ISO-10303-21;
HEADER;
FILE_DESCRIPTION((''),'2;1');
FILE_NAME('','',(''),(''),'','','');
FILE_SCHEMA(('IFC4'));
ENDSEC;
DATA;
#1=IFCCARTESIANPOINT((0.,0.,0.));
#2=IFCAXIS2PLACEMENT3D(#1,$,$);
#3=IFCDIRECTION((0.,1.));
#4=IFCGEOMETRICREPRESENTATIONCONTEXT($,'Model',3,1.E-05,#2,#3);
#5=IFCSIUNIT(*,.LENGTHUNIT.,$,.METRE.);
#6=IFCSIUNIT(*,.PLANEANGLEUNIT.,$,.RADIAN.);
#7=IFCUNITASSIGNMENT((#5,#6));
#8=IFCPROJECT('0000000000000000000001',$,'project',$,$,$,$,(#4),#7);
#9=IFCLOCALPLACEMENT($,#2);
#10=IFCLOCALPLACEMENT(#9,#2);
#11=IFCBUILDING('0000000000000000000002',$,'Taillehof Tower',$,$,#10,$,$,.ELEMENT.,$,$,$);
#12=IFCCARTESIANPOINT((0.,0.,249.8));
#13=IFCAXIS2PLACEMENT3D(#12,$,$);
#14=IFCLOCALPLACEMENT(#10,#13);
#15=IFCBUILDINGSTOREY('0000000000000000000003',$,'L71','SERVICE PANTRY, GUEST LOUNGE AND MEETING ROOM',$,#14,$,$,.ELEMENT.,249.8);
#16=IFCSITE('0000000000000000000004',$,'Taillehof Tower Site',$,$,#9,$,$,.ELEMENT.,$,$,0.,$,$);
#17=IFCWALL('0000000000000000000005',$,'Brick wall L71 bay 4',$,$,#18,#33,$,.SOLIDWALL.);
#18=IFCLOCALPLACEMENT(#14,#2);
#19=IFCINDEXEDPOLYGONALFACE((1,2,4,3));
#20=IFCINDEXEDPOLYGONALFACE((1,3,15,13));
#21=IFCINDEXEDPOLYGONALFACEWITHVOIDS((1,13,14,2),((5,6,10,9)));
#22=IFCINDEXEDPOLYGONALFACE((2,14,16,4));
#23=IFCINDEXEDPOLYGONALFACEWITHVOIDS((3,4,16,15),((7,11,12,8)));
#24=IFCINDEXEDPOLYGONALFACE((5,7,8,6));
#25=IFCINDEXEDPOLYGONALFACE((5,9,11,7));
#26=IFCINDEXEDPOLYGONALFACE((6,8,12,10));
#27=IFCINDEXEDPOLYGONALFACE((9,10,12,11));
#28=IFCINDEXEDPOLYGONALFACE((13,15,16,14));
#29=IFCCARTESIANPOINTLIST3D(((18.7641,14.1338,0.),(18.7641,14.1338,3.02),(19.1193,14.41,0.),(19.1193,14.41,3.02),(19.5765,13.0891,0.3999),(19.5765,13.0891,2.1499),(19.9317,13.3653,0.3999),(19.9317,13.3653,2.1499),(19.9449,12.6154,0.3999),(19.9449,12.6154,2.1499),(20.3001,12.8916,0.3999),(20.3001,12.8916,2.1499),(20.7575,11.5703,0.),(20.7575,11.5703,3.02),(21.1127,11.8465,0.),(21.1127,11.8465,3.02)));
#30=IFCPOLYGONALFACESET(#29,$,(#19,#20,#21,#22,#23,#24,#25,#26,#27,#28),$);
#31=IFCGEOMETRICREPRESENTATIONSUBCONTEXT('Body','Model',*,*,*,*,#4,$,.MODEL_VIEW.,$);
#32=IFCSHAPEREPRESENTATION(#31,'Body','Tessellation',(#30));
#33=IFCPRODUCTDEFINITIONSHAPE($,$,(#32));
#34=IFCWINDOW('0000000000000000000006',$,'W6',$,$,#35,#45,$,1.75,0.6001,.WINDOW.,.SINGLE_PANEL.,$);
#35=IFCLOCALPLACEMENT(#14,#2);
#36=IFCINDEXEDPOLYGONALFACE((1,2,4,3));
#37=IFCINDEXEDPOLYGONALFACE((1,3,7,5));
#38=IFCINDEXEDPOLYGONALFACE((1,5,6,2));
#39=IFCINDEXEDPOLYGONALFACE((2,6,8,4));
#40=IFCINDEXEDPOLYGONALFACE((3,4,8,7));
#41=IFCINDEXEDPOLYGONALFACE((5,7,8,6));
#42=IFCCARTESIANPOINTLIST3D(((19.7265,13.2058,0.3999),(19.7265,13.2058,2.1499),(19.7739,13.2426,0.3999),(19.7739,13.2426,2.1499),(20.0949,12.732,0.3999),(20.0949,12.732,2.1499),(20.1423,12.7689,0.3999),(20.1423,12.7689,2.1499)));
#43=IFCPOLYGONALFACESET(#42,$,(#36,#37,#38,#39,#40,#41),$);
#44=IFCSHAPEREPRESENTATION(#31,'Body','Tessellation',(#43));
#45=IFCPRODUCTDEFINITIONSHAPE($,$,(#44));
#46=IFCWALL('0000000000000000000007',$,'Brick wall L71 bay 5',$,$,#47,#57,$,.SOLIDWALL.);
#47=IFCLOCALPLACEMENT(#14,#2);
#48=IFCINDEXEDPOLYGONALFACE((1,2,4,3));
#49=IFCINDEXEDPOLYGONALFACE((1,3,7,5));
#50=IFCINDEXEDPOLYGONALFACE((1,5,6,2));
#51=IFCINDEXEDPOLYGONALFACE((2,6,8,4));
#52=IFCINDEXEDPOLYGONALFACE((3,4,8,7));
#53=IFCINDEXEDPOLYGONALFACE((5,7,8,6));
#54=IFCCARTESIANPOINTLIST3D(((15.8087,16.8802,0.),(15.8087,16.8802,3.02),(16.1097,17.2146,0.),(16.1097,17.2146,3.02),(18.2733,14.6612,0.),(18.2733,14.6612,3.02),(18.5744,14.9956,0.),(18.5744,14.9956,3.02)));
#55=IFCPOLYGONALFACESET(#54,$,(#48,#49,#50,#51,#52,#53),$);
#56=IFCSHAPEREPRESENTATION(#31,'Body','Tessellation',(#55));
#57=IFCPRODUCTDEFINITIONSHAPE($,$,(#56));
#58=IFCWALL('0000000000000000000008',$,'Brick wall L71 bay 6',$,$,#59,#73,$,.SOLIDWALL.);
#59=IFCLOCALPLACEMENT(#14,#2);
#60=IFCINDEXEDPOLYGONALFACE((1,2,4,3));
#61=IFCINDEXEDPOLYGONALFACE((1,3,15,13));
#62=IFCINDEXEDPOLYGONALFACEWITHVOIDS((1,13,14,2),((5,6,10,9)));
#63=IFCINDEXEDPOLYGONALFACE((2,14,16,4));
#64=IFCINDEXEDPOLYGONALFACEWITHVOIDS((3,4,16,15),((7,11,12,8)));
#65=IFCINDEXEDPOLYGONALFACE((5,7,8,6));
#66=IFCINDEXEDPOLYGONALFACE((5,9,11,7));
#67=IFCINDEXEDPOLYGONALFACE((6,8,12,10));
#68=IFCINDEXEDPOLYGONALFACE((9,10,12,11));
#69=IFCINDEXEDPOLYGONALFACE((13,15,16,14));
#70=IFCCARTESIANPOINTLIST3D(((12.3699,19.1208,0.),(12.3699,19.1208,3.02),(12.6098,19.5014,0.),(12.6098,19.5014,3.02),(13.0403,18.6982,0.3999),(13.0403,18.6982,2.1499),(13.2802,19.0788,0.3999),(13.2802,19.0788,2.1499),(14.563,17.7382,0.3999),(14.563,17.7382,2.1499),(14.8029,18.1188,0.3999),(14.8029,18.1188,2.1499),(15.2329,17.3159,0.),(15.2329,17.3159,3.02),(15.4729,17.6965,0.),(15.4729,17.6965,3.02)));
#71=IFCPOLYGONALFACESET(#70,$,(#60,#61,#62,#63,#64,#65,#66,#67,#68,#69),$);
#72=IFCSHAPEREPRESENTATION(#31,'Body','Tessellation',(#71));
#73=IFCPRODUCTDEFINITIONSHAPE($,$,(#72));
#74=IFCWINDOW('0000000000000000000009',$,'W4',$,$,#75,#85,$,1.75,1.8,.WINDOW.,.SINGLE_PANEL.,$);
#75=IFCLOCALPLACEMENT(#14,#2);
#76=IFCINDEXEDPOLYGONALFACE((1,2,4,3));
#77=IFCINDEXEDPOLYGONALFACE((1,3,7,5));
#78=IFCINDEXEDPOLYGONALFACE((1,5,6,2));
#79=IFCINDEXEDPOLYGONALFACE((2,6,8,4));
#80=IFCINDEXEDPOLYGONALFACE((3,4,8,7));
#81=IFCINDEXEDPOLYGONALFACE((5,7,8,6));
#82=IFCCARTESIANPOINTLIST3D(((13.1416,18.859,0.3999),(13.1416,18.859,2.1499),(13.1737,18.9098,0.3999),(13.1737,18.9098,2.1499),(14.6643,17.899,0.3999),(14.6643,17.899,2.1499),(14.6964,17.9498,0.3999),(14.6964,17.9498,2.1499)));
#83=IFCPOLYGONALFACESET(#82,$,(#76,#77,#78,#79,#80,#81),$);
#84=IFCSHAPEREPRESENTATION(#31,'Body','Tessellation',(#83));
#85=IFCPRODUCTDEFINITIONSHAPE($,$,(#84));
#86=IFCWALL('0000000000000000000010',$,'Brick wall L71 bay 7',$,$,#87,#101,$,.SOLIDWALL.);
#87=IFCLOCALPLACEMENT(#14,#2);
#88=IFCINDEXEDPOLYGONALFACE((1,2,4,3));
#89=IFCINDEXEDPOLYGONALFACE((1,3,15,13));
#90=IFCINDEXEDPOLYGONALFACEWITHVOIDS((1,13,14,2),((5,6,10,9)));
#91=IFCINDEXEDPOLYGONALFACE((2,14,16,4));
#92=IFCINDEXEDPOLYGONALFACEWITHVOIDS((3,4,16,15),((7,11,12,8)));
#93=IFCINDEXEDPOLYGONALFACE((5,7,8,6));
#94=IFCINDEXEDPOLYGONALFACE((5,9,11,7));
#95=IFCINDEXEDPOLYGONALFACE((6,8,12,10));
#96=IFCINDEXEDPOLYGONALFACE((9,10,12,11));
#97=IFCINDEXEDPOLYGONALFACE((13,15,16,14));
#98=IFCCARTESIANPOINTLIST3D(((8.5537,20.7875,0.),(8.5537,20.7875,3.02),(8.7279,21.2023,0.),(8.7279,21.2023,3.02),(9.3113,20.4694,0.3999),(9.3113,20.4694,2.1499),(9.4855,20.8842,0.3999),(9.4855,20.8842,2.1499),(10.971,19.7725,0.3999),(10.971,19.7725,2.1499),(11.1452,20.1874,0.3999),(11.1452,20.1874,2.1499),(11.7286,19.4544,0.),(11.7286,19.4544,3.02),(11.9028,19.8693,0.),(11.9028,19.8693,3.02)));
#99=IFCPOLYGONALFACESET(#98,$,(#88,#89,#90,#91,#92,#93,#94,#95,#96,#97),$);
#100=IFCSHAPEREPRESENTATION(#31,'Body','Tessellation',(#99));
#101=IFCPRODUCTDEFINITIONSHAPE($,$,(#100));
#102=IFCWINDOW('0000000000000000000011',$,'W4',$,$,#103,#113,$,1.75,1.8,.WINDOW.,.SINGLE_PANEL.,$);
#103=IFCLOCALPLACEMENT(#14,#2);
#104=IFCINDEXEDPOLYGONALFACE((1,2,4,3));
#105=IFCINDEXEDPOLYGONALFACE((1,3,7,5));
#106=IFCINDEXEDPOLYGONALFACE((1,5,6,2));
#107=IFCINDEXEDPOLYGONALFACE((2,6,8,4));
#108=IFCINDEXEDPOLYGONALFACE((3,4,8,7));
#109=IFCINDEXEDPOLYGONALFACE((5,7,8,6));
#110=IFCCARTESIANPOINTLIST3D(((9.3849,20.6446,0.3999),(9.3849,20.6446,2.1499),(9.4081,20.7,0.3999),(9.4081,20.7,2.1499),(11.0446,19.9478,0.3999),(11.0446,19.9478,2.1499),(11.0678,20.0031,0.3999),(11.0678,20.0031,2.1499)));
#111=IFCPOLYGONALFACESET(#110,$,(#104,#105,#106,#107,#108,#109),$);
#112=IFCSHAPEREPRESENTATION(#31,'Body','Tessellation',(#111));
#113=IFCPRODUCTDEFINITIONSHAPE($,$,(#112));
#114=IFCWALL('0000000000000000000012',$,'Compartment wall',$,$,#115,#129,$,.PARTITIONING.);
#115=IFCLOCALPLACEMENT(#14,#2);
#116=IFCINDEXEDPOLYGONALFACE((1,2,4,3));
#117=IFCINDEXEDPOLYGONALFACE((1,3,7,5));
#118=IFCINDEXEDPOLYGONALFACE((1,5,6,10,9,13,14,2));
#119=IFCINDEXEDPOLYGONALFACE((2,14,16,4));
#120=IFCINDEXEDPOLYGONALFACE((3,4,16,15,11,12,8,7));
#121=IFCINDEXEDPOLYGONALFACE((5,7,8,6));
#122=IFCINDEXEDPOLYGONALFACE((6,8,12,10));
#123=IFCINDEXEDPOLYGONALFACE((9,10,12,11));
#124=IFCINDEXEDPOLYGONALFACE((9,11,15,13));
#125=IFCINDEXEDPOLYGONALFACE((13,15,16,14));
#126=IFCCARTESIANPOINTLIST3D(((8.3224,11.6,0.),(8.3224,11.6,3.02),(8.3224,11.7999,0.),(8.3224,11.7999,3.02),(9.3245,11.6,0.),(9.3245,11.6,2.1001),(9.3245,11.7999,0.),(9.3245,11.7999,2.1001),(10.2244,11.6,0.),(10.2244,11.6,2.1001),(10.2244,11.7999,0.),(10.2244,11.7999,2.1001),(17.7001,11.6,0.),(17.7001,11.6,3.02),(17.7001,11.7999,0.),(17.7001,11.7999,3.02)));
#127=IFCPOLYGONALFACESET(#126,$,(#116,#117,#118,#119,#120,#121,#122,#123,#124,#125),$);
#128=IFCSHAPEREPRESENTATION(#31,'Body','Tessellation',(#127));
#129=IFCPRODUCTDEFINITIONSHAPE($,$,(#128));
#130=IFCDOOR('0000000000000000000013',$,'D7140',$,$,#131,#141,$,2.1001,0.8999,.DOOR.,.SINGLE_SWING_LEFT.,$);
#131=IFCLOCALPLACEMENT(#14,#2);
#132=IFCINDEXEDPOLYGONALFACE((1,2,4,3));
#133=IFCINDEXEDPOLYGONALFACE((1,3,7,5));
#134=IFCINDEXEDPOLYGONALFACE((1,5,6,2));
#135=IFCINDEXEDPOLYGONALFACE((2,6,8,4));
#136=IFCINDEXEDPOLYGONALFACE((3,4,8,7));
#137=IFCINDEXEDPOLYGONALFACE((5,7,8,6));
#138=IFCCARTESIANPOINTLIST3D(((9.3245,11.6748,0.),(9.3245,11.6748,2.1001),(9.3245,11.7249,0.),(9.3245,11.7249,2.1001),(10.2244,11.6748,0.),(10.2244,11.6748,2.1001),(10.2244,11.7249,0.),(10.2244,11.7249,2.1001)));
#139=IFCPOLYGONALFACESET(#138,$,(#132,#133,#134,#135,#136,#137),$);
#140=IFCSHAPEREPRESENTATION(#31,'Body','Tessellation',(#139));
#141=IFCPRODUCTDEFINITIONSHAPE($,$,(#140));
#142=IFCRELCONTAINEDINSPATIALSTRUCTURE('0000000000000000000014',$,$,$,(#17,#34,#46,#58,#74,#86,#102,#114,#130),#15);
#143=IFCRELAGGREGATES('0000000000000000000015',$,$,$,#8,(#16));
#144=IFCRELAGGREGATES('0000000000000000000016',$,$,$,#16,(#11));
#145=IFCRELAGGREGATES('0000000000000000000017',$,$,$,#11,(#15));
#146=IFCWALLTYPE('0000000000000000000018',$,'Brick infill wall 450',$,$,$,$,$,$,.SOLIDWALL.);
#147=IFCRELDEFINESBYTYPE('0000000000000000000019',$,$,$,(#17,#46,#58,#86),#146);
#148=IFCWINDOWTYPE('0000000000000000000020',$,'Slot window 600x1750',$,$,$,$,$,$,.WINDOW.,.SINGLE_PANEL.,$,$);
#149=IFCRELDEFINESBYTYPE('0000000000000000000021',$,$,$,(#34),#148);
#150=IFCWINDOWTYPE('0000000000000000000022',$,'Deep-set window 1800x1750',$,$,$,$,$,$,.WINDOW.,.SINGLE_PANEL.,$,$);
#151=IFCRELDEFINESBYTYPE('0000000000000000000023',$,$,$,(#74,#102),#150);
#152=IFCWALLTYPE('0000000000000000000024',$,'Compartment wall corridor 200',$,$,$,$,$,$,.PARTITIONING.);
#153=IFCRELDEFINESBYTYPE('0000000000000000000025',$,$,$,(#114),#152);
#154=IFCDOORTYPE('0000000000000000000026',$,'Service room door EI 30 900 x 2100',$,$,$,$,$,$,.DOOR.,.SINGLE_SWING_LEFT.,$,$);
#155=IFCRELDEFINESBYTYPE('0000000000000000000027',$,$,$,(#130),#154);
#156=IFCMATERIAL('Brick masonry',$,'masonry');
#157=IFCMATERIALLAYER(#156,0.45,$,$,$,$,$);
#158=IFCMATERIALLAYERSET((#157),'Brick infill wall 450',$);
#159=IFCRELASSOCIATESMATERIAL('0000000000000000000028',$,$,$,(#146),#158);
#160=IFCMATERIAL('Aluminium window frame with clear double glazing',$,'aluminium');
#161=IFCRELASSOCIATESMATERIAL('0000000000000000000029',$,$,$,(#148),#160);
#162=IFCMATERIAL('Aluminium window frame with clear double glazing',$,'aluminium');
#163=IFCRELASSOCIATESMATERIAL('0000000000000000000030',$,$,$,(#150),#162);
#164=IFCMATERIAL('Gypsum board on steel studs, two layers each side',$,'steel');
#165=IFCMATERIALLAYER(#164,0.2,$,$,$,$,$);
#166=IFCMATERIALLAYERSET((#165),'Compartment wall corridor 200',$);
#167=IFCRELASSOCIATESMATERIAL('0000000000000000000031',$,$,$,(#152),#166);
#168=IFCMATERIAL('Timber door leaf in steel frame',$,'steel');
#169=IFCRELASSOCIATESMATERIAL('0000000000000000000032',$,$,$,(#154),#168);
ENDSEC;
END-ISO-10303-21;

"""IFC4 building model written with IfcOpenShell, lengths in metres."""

from ifc_helpers import new_model, si_unit, direction, frame, frame_2d, origin, place, context, subcontext, project, spatial, rectangle, extrude, material, layer, layer_set, type_object, element, fill, save


model = new_model("IFC4")

# Units and contexts
model_context = context("Model", 3, precision=1e-05, world=origin(), true_north=direction((0.0, 1.0)))
body_context = subcontext(model_context, "Body", "Model", "MODEL_VIEW")
ifc_project = project(units=[si_unit("LENGTHUNIT", "METRE"), si_unit("PLANEANGLEUNIT", "RADIAN")], contexts=[model_context])

# Site, building, storey
site_placement = place(None, origin())
site = spatial("IfcSite", under=ifc_project, at=site_placement, Name="Taillehof Tower Site", CompositionType="ELEMENT", RefElevation=0.0)
building_placement = place(site_placement, origin())
building = spatial("IfcBuilding", under=site, at=building_placement, Name="Taillehof Tower", CompositionType="ELEMENT")
storey_placement = place(building_placement, frame((0.0, 0.0, 249.8)))
storey = spatial("IfcBuildingStorey", under=building, at=storey_placement, Name="L71", Description="SERVICE PANTRY, GUEST LOUNGE AND MEETING ROOM", CompositionType="ELEMENT", Elevation=249.8)

# Wall, opening, window
ifc_material_1 = material(Name="Brick masonry", Category="masonry")
ifc_layer_1 = layer(ifc_material_1, 0.45)
ifc_layer_set_1 = layer_set([ifc_layer_1], Name="Brick infill wall 450")
wall_type_1 = type_object("IfcWallType", Name="Brick infill wall 450", PredefinedType="SOLIDWALL", material=ifc_layer_set_1)
wall_1_placement = place(storey_placement, frame((20.9351, 11.7085, 0.0), z_axis=(0.0, 0.0, 1.0), x_axis=(-0.613863, 0.789413, 0.0)))
wall_1 = element("IfcWall", 1, at=wall_1_placement, inside=storey, type_object=wall_type_1, Name="Brick wall L71 bay 4", PredefinedType="SOLIDWALL", context=body_context, shape_type="SweptSolid", body=[
    extrude(rectangle(XDim=3.2473, YDim=0.45, at=frame_2d((1.6235, 0.0))), origin(), (0.0, 0.0, 1.0), 3.02),
])
opening_1_placement = place(wall_1_placement, frame((1.3237, 0.0, 0.3999)))
opening_1 = element("IfcOpeningElement", 2, at=opening_1_placement, cuts=wall_1, PredefinedType="OPENING", context=body_context, shape_type="SweptSolid", body=[
    extrude(rectangle(XDim=0.6001, YDim=1.75, at=frame_2d((0.3, 0.875))), frame((0.0, 0.2349, 0.0), z_axis=(0.0, -1.0, 0.0), x_axis=(1.0, 0.0, 0.0)), (0.0, 0.0, 1.0), 0.47),
])
ifc_material_2 = material(Name="Aluminium window frame with clear double glazing", Category="aluminium")
window_type_1 = type_object("IfcWindowType", Name="Slot window 600x1750", PartitioningType="SINGLE_PANEL", PredefinedType="WINDOW", material=ifc_material_2)
window_1_placement = place(opening_1_placement, origin())
window_1 = element("IfcWindow", 3, at=window_1_placement, inside=storey, type_object=window_type_1, Name="W6", OverallHeight=1.75, OverallWidth=0.6001, PartitioningType="SINGLE_PANEL", PredefinedType="WINDOW", context=body_context, shape_type="SweptSolid", body=[
    extrude(rectangle(XDim=0.6001, YDim=1.75, at=frame_2d((0.3, 0.875))), frame((0.0, 0.0349, 0.0), z_axis=(0.0, -1.0, 0.0), x_axis=(1.0, 0.0, 0.0)), (0.0, 0.0, 1.0), 0.0601),
])
fill(opening_1, window_1)

# Wall
wall_2_placement = place(storey_placement, frame((18.4238, 14.8284, 0.0), z_axis=(0.0, 0.0, 1.0), x_axis=(-0.743166, 0.669107, 0.0)))
element("IfcWall", 4, at=wall_2_placement, inside=storey, type_object=wall_type_1, Name="Brick wall L71 bay 5", PredefinedType="SOLIDWALL", context=body_context, shape_type="SweptSolid", body=[
    extrude(rectangle(XDim=3.3164, YDim=0.45, at=frame_2d((1.6582, 0.0))), origin(), (0.0, 0.0, 1.0), 3.02),
])

# Walls, openings, windows
wall_3_placement = place(storey_placement, frame((15.353, 17.5061, 0.0), z_axis=(0.0, 0.0, 1.0), x_axis=(-0.845929, 0.533295, 0.0)))
wall_3 = element("IfcWall", 5, at=wall_3_placement, inside=storey, type_object=wall_type_1, Name="Brick wall L71 bay 6", PredefinedType="SOLIDWALL", context=body_context, shape_type="SweptSolid", body=[
    extrude(rectangle(XDim=3.3845, YDim=0.45, at=frame_2d((1.6924, 0.0))), origin(), (0.0, 0.0, 1.0), 3.02),
])
opening_2_placement = place(wall_3_placement, frame((0.7922, 0.0, 0.3999)))
opening_2 = element("IfcOpeningElement", 6, at=opening_2_placement, cuts=wall_3, PredefinedType="OPENING", context=body_context, shape_type="SweptSolid", body=[
    extrude(rectangle(XDim=1.8, YDim=1.75, at=frame_2d((0.8999, 0.875))), frame((0.0, 0.2349, 0.0), z_axis=(0.0, -1.0, 0.0), x_axis=(1.0, 0.0, 0.0)), (0.0, 0.0, 1.0), 0.47),
])
ifc_material_3 = material(Name="Aluminium window frame with clear double glazing", Category="aluminium")
window_type_2 = type_object("IfcWindowType", Name="Deep-set window 1800x1750", PartitioningType="SINGLE_PANEL", PredefinedType="WINDOW", material=ifc_material_3)
window_2_placement = place(opening_2_placement, origin())
window_2 = element("IfcWindow", 7, at=window_2_placement, inside=storey, type_object=window_type_2, Name="W4", OverallHeight=1.75, OverallWidth=1.8, PartitioningType="SINGLE_PANEL", PredefinedType="WINDOW", context=body_context, shape_type="SweptSolid", body=[
    extrude(rectangle(XDim=1.8, YDim=1.75, at=frame_2d((0.8999, 0.875))), frame((0.0, 0.0349, 0.0), z_axis=(0.0, -1.0, 0.0), x_axis=(1.0, 0.0, 0.0)), (0.0, 0.0, 1.0), 0.0601),
])
fill(opening_2, window_2)
wall_4_placement = place(storey_placement, frame((11.8157, 19.6619, 0.0), z_axis=(0.0, 0.0, 1.0), x_axis=(-0.922025, 0.387131, 0.0)))
wall_4 = element("IfcWall", 8, at=wall_4_placement, inside=storey, type_object=wall_type_1, Name="Brick wall L71 bay 7", PredefinedType="SOLIDWALL", context=body_context, shape_type="SweptSolid", body=[
    extrude(rectangle(XDim=3.4434, YDim=0.45, at=frame_2d((1.7217, 0.0))), origin(), (0.0, 0.0, 1.0), 3.02),
])
opening_3_placement = place(wall_4_placement, frame((0.8218, 0.0, 0.3999)))
opening_3 = element("IfcOpeningElement", 9, at=opening_3_placement, cuts=wall_4, PredefinedType="OPENING", context=body_context, shape_type="SweptSolid", body=[
    extrude(rectangle(XDim=1.8, YDim=1.75, at=frame_2d((0.8999, 0.875))), frame((0.0, 0.2349, 0.0), z_axis=(0.0, -1.0, 0.0), x_axis=(1.0, 0.0, 0.0)), (0.0, 0.0, 1.0), 0.47),
])
window_3_placement = place(opening_3_placement, origin())
window_3 = element("IfcWindow", 10, at=window_3_placement, inside=storey, type_object=window_type_2, Name="W4", OverallHeight=1.75, OverallWidth=1.8, PartitioningType="SINGLE_PANEL", PredefinedType="WINDOW", context=body_context, shape_type="SweptSolid", body=[
    extrude(rectangle(XDim=1.8, YDim=1.75, at=frame_2d((0.8999, 0.875))), frame((0.0, 0.0349, 0.0), z_axis=(0.0, -1.0, 0.0), x_axis=(1.0, 0.0, 0.0)), (0.0, 0.0, 1.0), 0.0601),
])
fill(opening_3, window_3)

# Wall, opening, door
ifc_material_4 = material(Name="Gypsum board on steel studs, two layers each side", Category="steel")
ifc_layer_2 = layer(ifc_material_4, 0.2)
ifc_layer_set_2 = layer_set([ifc_layer_2], Name="Compartment wall corridor 200")
wall_type_2 = type_object("IfcWallType", Name="Compartment wall corridor 200", PredefinedType="PARTITIONING", material=ifc_layer_set_2)
wall_5_placement = place(storey_placement, frame((8.3223, 11.7, 0.0), z_axis=(0.0, 0.0, 1.0), x_axis=(1.0, 0.0, 0.0)))
wall_5 = element("IfcWall", 11, at=wall_5_placement, inside=storey, type_object=wall_type_2, Name="Compartment wall", PredefinedType="PARTITIONING", context=body_context, shape_type="SweptSolid", body=[
    extrude(rectangle(XDim=9.3777, YDim=0.2, at=frame_2d((4.689, 0.0))), origin(), (0.0, 0.0, 1.0), 3.02),
])
opening_4_placement = place(wall_5_placement, frame((1.0022, 0.0, 0.0)))
opening_4 = element("IfcOpeningElement", 12, at=opening_4_placement, cuts=wall_5, PredefinedType="OPENING", context=body_context, shape_type="SweptSolid", body=[
    extrude(rectangle(XDim=0.8999, YDim=2.1001, at=frame_2d((0.45, 1.05))), frame((0.0, 0.1099, 0.0), z_axis=(0.0, -1.0, 0.0), x_axis=(1.0, 0.0, 0.0)), (0.0, 0.0, 1.0), 0.22),
])
ifc_material_5 = material(Name="Timber door leaf in steel frame", Category="steel")
door_type_1 = type_object("IfcDoorType", Name="Service room door EI 30 900 x 2100", OperationType="SINGLE_SWING_LEFT", PredefinedType="DOOR", material=ifc_material_5)
door_1_placement = place(opening_4_placement, origin())
door_1 = element("IfcDoor", 13, at=door_1_placement, inside=storey, type_object=door_type_1, Name="D7140", OperationType="SINGLE_SWING_LEFT", OverallHeight=2.1001, OverallWidth=0.8999, PredefinedType="DOOR", context=body_context, shape_type="SweptSolid", body=[
    extrude(rectangle(XDim=0.8999, YDim=2.1001, at=frame_2d((0.45, 1.05))), frame((0.0, 0.0249, 0.0), z_axis=(0.0, -1.0, 0.0), x_axis=(1.0, 0.0, 0.0)), (0.0, 0.0, 1.0), 0.05),
])
fill(opening_4, door_1)

save(model, "model.ifc")
